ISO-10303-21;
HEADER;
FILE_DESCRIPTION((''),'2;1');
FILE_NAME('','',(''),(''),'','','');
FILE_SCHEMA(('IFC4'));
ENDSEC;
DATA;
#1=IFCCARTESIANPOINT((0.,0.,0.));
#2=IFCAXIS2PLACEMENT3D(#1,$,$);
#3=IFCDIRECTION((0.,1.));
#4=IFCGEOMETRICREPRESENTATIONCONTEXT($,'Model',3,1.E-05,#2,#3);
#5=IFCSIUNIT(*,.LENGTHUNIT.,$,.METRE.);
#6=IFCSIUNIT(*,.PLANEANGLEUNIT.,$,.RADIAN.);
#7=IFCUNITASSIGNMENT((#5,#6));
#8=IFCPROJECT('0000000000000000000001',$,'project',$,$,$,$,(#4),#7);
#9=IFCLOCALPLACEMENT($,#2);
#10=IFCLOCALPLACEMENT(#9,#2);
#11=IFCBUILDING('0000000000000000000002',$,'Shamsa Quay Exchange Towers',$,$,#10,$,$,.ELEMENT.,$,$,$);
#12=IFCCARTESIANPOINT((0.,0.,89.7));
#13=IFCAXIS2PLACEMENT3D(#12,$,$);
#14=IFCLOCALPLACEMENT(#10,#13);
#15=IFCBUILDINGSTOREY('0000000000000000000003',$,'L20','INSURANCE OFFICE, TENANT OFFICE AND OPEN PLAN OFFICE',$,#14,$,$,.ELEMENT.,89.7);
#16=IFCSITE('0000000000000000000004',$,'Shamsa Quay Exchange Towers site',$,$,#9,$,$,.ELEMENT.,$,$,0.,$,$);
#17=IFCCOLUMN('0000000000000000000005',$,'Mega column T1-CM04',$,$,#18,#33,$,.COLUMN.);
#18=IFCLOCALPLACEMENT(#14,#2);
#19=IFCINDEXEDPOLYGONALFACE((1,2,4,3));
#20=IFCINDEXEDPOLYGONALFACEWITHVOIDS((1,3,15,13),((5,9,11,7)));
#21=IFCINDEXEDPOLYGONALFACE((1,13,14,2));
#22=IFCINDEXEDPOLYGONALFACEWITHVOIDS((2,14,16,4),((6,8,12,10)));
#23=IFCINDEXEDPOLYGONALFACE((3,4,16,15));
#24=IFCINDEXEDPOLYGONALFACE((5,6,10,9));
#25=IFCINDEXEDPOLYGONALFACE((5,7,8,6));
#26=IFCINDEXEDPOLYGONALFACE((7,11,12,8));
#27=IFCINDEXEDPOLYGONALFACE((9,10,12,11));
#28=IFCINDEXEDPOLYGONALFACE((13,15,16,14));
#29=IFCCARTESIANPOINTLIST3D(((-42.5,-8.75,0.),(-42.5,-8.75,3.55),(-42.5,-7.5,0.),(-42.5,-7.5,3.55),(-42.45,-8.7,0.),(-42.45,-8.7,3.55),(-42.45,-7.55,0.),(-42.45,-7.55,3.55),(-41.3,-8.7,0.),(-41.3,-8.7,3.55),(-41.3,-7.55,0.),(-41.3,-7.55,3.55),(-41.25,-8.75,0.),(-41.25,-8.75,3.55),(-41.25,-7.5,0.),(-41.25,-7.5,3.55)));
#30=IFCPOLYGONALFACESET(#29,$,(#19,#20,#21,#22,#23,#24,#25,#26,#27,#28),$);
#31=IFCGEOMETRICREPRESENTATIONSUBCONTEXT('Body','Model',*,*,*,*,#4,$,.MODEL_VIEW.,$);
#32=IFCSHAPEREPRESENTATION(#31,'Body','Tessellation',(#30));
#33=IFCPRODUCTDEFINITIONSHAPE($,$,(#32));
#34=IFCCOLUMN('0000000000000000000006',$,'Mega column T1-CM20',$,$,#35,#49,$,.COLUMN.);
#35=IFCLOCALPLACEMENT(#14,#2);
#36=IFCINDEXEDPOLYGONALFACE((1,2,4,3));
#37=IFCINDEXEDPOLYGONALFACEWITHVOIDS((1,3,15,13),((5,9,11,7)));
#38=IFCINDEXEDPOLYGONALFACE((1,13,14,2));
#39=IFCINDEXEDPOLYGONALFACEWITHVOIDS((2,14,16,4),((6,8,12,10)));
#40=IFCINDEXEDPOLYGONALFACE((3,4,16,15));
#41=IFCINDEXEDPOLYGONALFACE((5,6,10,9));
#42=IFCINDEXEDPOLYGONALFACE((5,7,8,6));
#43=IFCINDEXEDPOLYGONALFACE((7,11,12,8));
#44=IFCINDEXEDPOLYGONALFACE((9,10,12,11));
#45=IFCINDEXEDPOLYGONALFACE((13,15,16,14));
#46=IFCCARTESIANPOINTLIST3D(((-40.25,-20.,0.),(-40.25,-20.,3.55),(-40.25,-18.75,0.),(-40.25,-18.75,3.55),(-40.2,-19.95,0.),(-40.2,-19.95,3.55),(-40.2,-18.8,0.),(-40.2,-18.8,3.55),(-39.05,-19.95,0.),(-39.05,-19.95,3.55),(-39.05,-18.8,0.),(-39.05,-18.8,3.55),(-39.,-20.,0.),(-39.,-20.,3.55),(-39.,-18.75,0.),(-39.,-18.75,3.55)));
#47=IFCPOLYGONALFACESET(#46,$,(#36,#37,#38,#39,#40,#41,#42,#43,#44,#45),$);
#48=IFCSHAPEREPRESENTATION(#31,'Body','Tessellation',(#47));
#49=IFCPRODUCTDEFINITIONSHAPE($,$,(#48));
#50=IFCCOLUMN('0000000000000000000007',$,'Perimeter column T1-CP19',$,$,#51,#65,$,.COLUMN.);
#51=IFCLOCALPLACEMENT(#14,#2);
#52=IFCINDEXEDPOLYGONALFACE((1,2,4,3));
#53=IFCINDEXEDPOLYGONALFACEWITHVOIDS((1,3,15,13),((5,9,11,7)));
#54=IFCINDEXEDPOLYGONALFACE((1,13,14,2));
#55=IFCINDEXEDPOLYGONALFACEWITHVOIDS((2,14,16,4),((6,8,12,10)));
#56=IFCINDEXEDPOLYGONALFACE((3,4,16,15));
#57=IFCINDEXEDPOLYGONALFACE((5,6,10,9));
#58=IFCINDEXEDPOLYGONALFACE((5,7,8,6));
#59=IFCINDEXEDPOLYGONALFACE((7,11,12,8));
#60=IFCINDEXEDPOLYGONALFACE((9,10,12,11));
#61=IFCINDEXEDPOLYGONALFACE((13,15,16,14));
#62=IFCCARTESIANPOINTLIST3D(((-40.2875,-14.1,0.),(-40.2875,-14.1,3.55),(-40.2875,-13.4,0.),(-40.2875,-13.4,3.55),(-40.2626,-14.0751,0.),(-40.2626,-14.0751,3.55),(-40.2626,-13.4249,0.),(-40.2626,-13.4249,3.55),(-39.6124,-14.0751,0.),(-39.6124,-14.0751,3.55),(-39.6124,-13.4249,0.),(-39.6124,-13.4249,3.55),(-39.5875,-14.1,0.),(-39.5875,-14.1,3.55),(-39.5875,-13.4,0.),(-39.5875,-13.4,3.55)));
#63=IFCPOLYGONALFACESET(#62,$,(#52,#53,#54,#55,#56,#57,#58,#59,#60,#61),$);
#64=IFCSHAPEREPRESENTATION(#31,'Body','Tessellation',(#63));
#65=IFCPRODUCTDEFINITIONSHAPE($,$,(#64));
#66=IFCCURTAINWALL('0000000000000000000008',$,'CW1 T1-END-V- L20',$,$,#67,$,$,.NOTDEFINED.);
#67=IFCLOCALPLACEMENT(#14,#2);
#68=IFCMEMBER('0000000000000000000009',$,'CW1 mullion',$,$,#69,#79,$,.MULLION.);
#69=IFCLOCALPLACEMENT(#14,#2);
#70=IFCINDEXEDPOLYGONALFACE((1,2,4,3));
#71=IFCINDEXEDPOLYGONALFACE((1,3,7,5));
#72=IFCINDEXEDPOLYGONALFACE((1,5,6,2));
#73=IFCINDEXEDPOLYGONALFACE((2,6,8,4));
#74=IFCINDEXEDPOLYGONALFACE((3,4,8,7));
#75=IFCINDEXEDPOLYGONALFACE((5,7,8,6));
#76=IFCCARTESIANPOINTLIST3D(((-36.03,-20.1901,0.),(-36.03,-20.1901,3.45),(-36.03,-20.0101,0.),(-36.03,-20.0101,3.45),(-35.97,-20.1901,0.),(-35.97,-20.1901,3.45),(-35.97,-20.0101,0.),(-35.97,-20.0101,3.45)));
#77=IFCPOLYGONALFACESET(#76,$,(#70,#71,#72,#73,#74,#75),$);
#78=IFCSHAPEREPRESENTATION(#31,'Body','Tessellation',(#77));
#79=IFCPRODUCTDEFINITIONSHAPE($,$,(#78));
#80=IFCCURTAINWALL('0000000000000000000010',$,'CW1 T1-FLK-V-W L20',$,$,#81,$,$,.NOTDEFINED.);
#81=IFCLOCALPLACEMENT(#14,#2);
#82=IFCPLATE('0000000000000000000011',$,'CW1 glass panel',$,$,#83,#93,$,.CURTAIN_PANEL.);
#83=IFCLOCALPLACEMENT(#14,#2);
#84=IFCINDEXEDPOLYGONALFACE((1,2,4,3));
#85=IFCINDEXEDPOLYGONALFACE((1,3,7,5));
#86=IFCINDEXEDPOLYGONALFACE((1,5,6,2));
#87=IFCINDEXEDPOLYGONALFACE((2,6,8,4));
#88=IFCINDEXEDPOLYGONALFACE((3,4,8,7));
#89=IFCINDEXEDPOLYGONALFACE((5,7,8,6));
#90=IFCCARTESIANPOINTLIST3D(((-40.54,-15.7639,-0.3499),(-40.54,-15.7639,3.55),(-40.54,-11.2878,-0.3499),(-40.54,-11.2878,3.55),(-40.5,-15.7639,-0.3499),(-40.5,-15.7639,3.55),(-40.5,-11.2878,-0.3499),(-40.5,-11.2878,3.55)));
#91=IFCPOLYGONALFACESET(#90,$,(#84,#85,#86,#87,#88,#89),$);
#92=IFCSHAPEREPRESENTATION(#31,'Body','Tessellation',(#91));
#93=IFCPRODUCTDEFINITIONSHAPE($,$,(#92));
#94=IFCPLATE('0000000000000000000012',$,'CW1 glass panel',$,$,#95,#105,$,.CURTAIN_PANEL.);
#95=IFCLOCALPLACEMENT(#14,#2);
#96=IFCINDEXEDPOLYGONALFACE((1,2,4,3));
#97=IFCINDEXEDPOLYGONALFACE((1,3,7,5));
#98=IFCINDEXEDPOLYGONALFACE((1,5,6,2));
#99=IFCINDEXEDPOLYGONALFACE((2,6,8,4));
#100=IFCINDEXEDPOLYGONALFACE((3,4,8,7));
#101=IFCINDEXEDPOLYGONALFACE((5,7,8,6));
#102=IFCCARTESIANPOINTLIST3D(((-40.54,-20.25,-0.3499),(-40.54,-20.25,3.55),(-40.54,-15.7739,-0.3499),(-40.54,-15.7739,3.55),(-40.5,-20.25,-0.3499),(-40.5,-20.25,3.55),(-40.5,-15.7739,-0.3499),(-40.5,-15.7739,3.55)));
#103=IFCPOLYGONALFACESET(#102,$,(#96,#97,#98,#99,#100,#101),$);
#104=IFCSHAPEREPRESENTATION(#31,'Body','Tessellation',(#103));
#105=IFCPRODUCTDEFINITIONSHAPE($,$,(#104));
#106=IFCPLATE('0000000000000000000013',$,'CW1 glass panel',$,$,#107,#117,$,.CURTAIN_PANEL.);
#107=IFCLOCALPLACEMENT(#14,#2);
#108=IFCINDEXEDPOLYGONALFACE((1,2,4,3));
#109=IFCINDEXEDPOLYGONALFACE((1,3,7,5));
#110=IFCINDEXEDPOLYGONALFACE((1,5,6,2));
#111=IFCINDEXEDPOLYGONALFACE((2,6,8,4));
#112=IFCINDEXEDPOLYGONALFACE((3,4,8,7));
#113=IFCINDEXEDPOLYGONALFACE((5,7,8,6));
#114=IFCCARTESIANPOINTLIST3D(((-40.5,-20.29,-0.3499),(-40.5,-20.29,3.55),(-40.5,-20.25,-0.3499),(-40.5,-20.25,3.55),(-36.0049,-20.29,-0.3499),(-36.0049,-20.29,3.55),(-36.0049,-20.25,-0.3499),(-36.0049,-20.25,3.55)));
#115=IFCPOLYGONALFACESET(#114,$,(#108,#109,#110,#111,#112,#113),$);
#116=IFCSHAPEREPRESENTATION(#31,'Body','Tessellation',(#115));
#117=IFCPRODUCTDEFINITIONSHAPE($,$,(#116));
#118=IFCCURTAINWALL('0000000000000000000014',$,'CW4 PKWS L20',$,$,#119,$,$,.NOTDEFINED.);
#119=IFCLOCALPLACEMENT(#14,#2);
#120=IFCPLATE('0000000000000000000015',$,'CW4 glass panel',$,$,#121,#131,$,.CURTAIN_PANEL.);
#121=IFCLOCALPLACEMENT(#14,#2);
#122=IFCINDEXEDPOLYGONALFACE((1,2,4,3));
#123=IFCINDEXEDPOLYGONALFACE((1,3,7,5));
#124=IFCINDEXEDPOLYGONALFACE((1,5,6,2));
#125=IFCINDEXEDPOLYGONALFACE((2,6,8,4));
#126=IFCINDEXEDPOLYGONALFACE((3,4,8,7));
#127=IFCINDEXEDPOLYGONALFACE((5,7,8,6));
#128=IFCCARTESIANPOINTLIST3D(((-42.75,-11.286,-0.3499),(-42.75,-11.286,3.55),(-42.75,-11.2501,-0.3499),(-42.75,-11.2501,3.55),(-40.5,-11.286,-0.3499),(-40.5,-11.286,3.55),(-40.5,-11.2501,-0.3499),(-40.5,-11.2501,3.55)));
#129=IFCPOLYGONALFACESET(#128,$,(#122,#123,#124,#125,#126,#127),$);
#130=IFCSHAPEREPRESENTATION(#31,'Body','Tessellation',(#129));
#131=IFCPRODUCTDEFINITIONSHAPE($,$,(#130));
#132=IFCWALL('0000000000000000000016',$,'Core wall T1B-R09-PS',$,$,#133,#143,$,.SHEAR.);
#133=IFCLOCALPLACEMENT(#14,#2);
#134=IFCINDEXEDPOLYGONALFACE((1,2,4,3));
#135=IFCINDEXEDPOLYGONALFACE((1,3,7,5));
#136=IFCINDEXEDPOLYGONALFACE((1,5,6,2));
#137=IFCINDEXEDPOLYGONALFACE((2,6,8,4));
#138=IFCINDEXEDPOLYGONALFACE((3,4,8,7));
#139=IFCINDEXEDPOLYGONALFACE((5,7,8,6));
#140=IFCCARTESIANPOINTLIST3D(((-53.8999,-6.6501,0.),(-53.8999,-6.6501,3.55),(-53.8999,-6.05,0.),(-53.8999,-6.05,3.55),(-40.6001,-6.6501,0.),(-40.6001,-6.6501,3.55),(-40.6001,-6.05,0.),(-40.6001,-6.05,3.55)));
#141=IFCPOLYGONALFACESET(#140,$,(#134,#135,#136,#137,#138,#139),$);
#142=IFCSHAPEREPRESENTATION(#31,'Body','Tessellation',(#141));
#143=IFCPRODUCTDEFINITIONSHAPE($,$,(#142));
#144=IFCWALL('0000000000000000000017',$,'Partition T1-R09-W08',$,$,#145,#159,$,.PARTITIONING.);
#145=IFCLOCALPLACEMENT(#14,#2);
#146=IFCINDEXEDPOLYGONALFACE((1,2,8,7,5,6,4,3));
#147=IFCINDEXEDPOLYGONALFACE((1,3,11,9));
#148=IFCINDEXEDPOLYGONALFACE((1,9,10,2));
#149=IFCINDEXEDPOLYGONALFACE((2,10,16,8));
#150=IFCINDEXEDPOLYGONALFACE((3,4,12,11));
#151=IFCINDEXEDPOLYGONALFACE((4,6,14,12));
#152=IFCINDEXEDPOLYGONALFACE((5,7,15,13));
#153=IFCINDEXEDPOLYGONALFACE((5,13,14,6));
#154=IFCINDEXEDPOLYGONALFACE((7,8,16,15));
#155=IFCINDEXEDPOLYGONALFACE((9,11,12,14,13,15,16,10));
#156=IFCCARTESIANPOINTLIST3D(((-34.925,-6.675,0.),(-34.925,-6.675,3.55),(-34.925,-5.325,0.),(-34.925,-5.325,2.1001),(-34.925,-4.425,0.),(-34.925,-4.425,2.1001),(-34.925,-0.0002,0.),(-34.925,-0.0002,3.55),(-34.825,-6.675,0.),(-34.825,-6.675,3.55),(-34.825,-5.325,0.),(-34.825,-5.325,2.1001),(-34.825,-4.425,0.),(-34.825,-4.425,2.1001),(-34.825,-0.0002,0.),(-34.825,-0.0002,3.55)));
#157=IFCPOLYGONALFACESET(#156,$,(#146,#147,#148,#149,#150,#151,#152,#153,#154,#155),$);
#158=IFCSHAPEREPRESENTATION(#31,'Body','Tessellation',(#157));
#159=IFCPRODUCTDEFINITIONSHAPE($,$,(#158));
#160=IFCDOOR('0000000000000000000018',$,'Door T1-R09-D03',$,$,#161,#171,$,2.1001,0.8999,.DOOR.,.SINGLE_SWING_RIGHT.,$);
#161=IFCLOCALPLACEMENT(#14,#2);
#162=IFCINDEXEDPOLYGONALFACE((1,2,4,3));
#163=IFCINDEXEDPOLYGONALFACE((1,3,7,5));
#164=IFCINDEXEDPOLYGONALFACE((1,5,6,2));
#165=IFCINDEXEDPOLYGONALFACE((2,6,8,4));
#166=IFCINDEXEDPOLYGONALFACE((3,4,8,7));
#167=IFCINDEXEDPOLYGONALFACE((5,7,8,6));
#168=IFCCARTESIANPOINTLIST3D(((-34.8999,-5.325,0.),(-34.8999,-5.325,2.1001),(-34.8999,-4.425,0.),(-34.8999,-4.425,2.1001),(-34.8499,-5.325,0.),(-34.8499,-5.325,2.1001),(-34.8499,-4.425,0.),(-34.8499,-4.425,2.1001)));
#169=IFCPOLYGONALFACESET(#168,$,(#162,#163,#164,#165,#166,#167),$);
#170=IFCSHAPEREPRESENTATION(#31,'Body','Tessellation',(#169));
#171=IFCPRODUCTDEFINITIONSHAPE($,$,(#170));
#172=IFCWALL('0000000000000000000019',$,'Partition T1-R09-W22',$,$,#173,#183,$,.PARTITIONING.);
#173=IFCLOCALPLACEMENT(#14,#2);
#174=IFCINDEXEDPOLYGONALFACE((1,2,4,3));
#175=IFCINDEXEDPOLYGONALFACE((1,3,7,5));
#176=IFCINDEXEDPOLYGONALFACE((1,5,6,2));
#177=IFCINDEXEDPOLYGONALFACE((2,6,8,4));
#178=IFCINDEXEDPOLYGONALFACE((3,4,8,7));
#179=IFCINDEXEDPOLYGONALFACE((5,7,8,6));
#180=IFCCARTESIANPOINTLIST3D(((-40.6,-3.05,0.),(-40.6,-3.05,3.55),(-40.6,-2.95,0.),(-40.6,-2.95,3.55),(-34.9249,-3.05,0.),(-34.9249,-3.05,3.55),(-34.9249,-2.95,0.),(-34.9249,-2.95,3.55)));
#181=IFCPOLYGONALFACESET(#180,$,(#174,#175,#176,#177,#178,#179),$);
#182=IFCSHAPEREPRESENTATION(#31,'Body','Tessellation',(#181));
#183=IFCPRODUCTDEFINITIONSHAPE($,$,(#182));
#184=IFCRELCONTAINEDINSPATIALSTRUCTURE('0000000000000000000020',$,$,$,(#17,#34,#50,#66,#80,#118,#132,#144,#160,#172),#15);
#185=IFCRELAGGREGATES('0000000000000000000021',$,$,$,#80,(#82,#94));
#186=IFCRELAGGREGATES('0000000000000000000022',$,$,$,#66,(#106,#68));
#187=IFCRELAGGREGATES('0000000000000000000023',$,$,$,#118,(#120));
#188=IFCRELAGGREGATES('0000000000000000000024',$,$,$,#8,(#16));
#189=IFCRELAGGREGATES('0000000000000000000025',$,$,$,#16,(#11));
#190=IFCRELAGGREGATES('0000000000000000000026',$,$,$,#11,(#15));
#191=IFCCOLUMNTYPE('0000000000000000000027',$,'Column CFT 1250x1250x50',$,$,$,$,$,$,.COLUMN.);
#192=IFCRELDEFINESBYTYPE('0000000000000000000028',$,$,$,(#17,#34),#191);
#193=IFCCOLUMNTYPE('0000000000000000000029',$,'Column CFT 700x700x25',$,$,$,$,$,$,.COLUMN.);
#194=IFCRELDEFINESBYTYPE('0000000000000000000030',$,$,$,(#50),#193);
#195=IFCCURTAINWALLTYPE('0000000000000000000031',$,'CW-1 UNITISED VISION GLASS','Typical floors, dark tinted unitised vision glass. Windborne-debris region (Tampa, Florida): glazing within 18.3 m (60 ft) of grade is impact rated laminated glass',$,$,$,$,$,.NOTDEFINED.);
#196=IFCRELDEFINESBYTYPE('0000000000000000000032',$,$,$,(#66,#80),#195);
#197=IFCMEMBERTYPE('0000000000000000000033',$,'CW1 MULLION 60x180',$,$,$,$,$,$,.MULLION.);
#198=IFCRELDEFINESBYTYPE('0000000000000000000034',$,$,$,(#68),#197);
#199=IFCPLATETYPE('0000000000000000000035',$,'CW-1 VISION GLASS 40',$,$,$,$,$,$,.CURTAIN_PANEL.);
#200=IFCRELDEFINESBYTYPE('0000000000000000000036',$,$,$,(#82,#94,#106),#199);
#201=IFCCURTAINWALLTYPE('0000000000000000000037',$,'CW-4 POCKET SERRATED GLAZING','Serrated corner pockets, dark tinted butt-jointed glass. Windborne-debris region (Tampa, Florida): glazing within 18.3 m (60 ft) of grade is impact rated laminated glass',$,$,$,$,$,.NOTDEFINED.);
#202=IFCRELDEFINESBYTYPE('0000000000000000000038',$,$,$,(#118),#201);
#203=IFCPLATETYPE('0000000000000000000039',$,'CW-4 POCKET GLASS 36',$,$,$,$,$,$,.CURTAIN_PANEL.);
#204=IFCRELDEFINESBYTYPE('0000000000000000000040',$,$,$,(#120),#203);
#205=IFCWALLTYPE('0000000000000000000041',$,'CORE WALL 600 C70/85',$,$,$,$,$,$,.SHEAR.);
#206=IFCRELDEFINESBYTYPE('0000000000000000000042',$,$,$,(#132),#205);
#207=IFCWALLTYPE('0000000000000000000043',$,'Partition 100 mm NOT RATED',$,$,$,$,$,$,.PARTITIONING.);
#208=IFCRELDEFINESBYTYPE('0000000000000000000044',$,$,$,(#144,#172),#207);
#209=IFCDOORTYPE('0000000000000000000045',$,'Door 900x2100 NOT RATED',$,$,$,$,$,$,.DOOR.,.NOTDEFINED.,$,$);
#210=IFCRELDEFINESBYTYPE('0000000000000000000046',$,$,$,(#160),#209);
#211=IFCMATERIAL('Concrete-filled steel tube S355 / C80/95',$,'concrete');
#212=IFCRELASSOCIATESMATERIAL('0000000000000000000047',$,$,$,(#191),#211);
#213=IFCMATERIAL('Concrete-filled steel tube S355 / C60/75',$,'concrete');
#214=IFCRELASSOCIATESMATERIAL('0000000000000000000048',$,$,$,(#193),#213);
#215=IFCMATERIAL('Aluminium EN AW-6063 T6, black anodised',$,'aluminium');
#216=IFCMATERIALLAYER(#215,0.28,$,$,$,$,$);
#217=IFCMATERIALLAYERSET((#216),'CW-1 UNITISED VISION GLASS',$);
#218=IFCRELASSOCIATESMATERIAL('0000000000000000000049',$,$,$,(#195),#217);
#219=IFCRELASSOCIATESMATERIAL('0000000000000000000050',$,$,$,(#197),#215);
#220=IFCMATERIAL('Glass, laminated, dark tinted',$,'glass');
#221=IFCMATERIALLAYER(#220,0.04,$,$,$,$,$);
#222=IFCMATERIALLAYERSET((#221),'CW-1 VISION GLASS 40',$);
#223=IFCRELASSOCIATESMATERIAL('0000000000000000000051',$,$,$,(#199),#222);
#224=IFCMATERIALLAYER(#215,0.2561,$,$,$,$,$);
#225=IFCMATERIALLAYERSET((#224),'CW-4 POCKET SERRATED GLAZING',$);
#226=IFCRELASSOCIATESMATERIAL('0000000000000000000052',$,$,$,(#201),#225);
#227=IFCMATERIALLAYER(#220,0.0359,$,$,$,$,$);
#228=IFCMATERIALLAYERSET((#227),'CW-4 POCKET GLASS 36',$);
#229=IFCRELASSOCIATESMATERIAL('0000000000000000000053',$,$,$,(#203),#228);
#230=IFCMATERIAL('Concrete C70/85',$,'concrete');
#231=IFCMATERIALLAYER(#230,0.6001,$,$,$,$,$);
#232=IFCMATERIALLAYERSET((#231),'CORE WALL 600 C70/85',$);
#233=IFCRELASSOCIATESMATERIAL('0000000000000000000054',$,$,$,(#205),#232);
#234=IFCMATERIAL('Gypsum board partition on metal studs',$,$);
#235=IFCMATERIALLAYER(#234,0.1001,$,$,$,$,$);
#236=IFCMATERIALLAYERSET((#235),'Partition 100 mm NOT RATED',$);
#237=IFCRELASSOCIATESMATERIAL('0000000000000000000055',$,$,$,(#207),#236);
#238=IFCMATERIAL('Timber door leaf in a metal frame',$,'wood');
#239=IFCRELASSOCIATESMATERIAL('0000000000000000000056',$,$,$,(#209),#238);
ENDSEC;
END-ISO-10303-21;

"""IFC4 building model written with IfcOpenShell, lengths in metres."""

from ifc_helpers import new_model, si_unit, direction, frame, frame_2d, origin, origin_2d, place, context, subcontext, project, spatial, rectangle, hollow_rectangle, extrude, material, layer, layer_set, material_profile, profile_set, type_object, element, fill, aggregate, save


model = new_model("IFC4")

# Units and contexts
model_context = context("Model", 3, precision=1e-05, world=origin(), true_north=direction((0.0, 1.0)))
body_context = subcontext(model_context, "Body", "Model", "MODEL_VIEW")
ifc_project = project(units=[si_unit("LENGTHUNIT", "METRE"), si_unit("PLANEANGLEUNIT", "RADIAN")], contexts=[model_context])

# Site, building, storey
site_placement = place(None, origin())
site = spatial("IfcSite", under=ifc_project, at=site_placement, Name="Shamsa Quay Exchange Towers site", CompositionType="ELEMENT", RefElevation=0.0)
building_placement = place(site_placement, origin())
building = spatial("IfcBuilding", under=site, at=building_placement, Name="Shamsa Quay Exchange Towers", CompositionType="ELEMENT")
storey_placement = place(building_placement, frame((0.0, 0.0, 89.7)))
storey = spatial("IfcBuildingStorey", under=building, at=storey_placement, Name="L20", Description="INSURANCE OFFICE, TENANT OFFICE AND OPEN PLAN OFFICE", CompositionType="ELEMENT", Elevation=89.7)

# Columns
ifc_material_1 = material(Name="Concrete-filled steel tube S355 / C80/95", Category="concrete")
ifc_material_profile_1 = material_profile(ifc_material_1, hollow_rectangle(XDim=1.25, YDim=1.25, WallThickness=0.05, at=origin_2d()), Name="CFT 1250x1250x50")
ifc_profile_set_1 = profile_set([ifc_material_profile_1], Name="Concrete-filled steel tube S355 / C80/95")
column_type_1 = type_object("IfcColumnType", Name="Column CFT 1250x1250x50", PredefinedType="COLUMN", material=ifc_profile_set_1)
for number, where, name in (
    (1, (-41.875, -8.125, 0.0), "Mega column T1-CM04"),
    (2, (-39.625, -19.375, 0.0), "Mega column T1-CM20"),
):
    element("IfcColumn", number, at=place(storey_placement, frame(where)), inside=storey, type_object=column_type_1, Name=name, PredefinedType="COLUMN", context=body_context, shape_type="SweptSolid", body=[
        extrude(hollow_rectangle(XDim=1.25, YDim=1.25, WallThickness=0.05, at=origin_2d()), origin(), (0.0, 0.0, 1.0), 3.55),
    ])
ifc_material_2 = material(Name="Concrete-filled steel tube S355 / C60/75", Category="concrete")
ifc_material_profile_2 = material_profile(ifc_material_2, hollow_rectangle(XDim=0.7, YDim=0.7, WallThickness=0.0249, at=origin_2d()), Name="CFT 700x700x25")
ifc_profile_set_2 = profile_set([ifc_material_profile_2], Name="Concrete-filled steel tube S355 / C60/75")
column_type_2 = type_object("IfcColumnType", Name="Column CFT 700x700x25", PredefinedType="COLUMN", material=ifc_profile_set_2)
column_placement = place(storey_placement, frame((-39.9375, -13.75, 0.0)))
element("IfcColumn", 3, at=column_placement, inside=storey, type_object=column_type_2, Name="Perimeter column T1-CP19", PredefinedType="COLUMN", context=body_context, shape_type="SweptSolid", body=[
    extrude(hollow_rectangle(XDim=0.7, YDim=0.7, WallThickness=0.0249, at=origin_2d()), origin(), (0.0, 0.0, 1.0), 3.55),
])

# Curtain wall, member
ifc_material_3 = material(Name="Aluminium EN AW-6063 T6, black anodised", Category="aluminium")
ifc_layer_1 = layer(ifc_material_3, 0.28)
ifc_layer_set_1 = layer_set([ifc_layer_1], Name="CW-1 UNITISED VISION GLASS")
curtain_wall_type_1 = type_object("IfcCurtainWallType", Name="CW-1 UNITISED VISION GLASS", Description="Typical floors, dark tinted unitised vision glass. Windborne-debris region (Tampa, Florida): glazing within 18.3 m (60 ft) of grade is impact rated laminated glass", PredefinedType="NOTDEFINED", material=ifc_layer_set_1)
curtain_wall_1_placement = place(storey_placement, origin())
curtain_wall_1 = element("IfcCurtainWall", 4, at=curtain_wall_1_placement, inside=storey, type_object=curtain_wall_type_1, Name="CW1 T1-END-V- L20", PredefinedType="NOTDEFINED")
ifc_material_profile_3 = material_profile(ifc_material_3, rectangle(XDim=0.1799, YDim=0.0601, at=origin_2d()), Name="MU60x180")
ifc_profile_set_3 = profile_set([ifc_material_profile_3], Name="Aluminium EN AW-6063 T6, black anodised")
member_type = type_object("IfcMemberType", Name="CW1 MULLION 60x180", PredefinedType="MULLION", material=ifc_profile_set_3)
member_placement = place(storey_placement, frame((-36.0, -20.1001, 0.0), z_axis=(0.0, 0.0, 1.0), x_axis=(0.0, 1.0, 0.0)))
member = element("IfcMember", 5, at=member_placement, type_object=member_type, Name="CW1 mullion", PredefinedType="MULLION", context=body_context, shape_type="SweptSolid", body=[
    extrude(rectangle(XDim=0.1799, YDim=0.0601, at=origin_2d()), origin(), (0.0, 0.0, 1.0), 3.45),
])

# Curtain wall, plates
curtain_wall_2_placement = place(storey_placement, origin())
curtain_wall_2 = element("IfcCurtainWall", 6, at=curtain_wall_2_placement, inside=storey, type_object=curtain_wall_type_1, Name="CW1 T1-FLK-V-W L20", PredefinedType="NOTDEFINED")
ifc_material_4 = material(Name="Glass, laminated, dark tinted", Category="glass")
ifc_layer_2 = layer(ifc_material_4, 0.04)
ifc_layer_set_2 = layer_set([ifc_layer_2], Name="CW-1 VISION GLASS 40")
plate_type_1 = type_object("IfcPlateType", Name="CW-1 VISION GLASS 40", PredefinedType="CURTAIN_PANEL", material=ifc_layer_set_2)
plate_1_placement = place(storey_placement, frame((-40.52, -13.5259, -0.3499), z_axis=(0.0, 0.0, 1.0), x_axis=(0.0, -1.0, 0.0)))
plate_1 = element("IfcPlate", 7, at=plate_1_placement, type_object=plate_type_1, Name="CW1 glass panel", PredefinedType="CURTAIN_PANEL", context=body_context, shape_type="SweptSolid", body=[
    extrude(rectangle(XDim=4.4761, YDim=0.04, at=origin_2d()), origin(), (0.0, 0.0, 1.0), 3.8999),
])
plate_2_placement = place(storey_placement, frame((-40.52, -18.012, -0.3499), z_axis=(0.0, 0.0, 1.0), x_axis=(0.0, -1.0, 0.0)))
plate_2 = element("IfcPlate", 8, at=plate_2_placement, type_object=plate_type_1, Name="CW1 glass panel", PredefinedType="CURTAIN_PANEL", context=body_context, shape_type="SweptSolid", body=[
    extrude(rectangle(XDim=4.4761, YDim=0.04, at=origin_2d()), origin(), (0.0, 0.0, 1.0), 3.8999),
])
aggregate(curtain_wall_2, [plate_1, plate_2])

# Plate
plate_3_placement = place(storey_placement, frame((-38.2524, -20.27, -0.3499)))
plate_3 = element("IfcPlate", 9, at=plate_3_placement, type_object=plate_type_1, Name="CW1 glass panel", PredefinedType="CURTAIN_PANEL", context=body_context, shape_type="SweptSolid", body=[
    extrude(rectangle(XDim=4.4951, YDim=0.04, at=origin_2d()), origin(), (0.0, 0.0, 1.0), 3.8999),
])
aggregate(curtain_wall_1, [plate_3, member])

# Curtain wall, plate
ifc_layer_3 = layer(ifc_material_3, 0.2561)
ifc_layer_set_3 = layer_set([ifc_layer_3], Name="CW-4 POCKET SERRATED GLAZING")
curtain_wall_type_2 = type_object("IfcCurtainWallType", Name="CW-4 POCKET SERRATED GLAZING", Description="Serrated corner pockets, dark tinted butt-jointed glass. Windborne-debris region (Tampa, Florida): glazing within 18.3 m (60 ft) of grade is impact rated laminated glass", PredefinedType="NOTDEFINED", material=ifc_layer_set_3)
curtain_wall_3_placement = place(storey_placement, origin())
curtain_wall_3 = element("IfcCurtainWall", 10, at=curtain_wall_3_placement, inside=storey, type_object=curtain_wall_type_2, Name="CW4 PKWS L20", PredefinedType="NOTDEFINED")
ifc_layer_4 = layer(ifc_material_4, 0.0359)
ifc_layer_set_4 = layer_set([ifc_layer_4], Name="CW-4 POCKET GLASS 36")
plate_type_2 = type_object("IfcPlateType", Name="CW-4 POCKET GLASS 36", PredefinedType="CURTAIN_PANEL", material=ifc_layer_set_4)
plate_4_placement = place(storey_placement, frame((-41.625, -11.2681, -0.3499)))
plate_4 = element("IfcPlate", 11, at=plate_4_placement, type_object=plate_type_2, Name="CW4 glass panel", PredefinedType="CURTAIN_PANEL", context=body_context, shape_type="SweptSolid", body=[
    extrude(rectangle(XDim=2.25, YDim=0.0359, at=origin_2d()), origin(), (0.0, 0.0, 1.0), 3.8999),
])
aggregate(curtain_wall_3, [plate_4])

# Wall
ifc_material_5 = material(Name="Concrete C70/85", Category="concrete")
ifc_layer_5 = layer(ifc_material_5, 0.6001)
ifc_layer_set_5 = layer_set([ifc_layer_5], Name="CORE WALL 600 C70/85")
wall_type_1 = type_object("IfcWallType", Name="CORE WALL 600 C70/85", PredefinedType="SHEAR", material=ifc_layer_set_5)
wall_1_placement = place(storey_placement, frame((-40.6001, -6.3501, 0.0), z_axis=(0.0, 0.0, 1.0), x_axis=(-1.0, 0.0, 0.0)))
element("IfcWall", 12, at=wall_1_placement, inside=storey, type_object=wall_type_1, Name="Core wall T1B-R09-PS", PredefinedType="SHEAR", context=body_context, shape_type="SweptSolid", body=[
    extrude(rectangle(XDim=13.2998, YDim=0.6001, at=frame_2d((6.6499, 0.0))), origin(), (0.0, 0.0, 1.0), 3.55),
])

# Wall, opening, door
ifc_material_6 = material(Name="Gypsum board partition on metal studs")
ifc_layer_6 = layer(ifc_material_6, 0.1001)
ifc_layer_set_6 = layer_set([ifc_layer_6], Name="Partition 100 mm NOT RATED")
wall_type_2 = type_object("IfcWallType", Name="Partition 100 mm NOT RATED", PredefinedType="PARTITIONING", material=ifc_layer_set_6)
wall_2_placement = place(storey_placement, frame((-34.875, -6.675, 0.0), z_axis=(0.0, 0.0, 1.0), x_axis=(0.0, 1.0, 0.0)))
wall_2 = element("IfcWall", 13, at=wall_2_placement, inside=storey, type_object=wall_type_2, Name="Partition T1-R09-W08", PredefinedType="PARTITIONING", context=body_context, shape_type="SweptSolid", body=[
    extrude(rectangle(XDim=6.6748, YDim=0.1001, at=frame_2d((3.3374, 0.0))), origin(), (0.0, 0.0, 1.0), 3.55),
])
opening_1_placement = place(wall_2_placement, frame((1.3501, 0.0, 0.0)))
opening_1 = element("IfcOpeningElement", 14, at=opening_1_placement, cuts=wall_2, PredefinedType="OPENING", context=body_context, shape_type="SweptSolid", body=[
    extrude(rectangle(XDim=0.8999, YDim=2.1001, at=frame_2d((0.45, 1.05))), frame((0.0, 0.0601, 0.0), z_axis=(0.0, -1.0, 0.0), x_axis=(1.0, 0.0, 0.0)), (0.0, 0.0, 1.0), 0.1201),
])
ifc_material_7 = material(Name="Timber door leaf in a metal frame", Category="wood")
door_type_1 = type_object("IfcDoorType", Name="Door 900x2100 NOT RATED", OperationType="NOTDEFINED", PredefinedType="DOOR", material=ifc_material_7)
door_1_placement = place(opening_1_placement, origin())
door_1 = element("IfcDoor", 15, at=door_1_placement, inside=storey, type_object=door_type_1, Name="Door T1-R09-D03", OperationType="SINGLE_SWING_RIGHT", OverallHeight=2.1001, OverallWidth=0.8999, PredefinedType="DOOR", context=body_context, shape_type="SweptSolid", body=[
    extrude(rectangle(XDim=0.8999, YDim=2.1001, at=frame_2d((0.45, 1.05))), frame((0.0, 0.0249, 0.0), z_axis=(0.0, -1.0, 0.0), x_axis=(1.0, 0.0, 0.0)), (0.0, 0.0, 1.0), 0.05),
])
fill(opening_1, door_1)

# Wall
wall_3_placement = place(storey_placement, frame((-34.925, -3.0, 0.0), z_axis=(0.0, 0.0, 1.0), x_axis=(-1.0, 0.0, 0.0)))
element("IfcWall", 16, at=wall_3_placement, inside=storey, type_object=wall_type_2, Name="Partition T1-R09-W22", PredefinedType="PARTITIONING", context=body_context, shape_type="SweptSolid", body=[
    extrude(rectangle(XDim=5.675, YDim=0.1001, at=frame_2d((2.8374, 0.0))), origin(), (0.0, 0.0, 1.0), 3.55),
])

save(model, "model.ifc")
